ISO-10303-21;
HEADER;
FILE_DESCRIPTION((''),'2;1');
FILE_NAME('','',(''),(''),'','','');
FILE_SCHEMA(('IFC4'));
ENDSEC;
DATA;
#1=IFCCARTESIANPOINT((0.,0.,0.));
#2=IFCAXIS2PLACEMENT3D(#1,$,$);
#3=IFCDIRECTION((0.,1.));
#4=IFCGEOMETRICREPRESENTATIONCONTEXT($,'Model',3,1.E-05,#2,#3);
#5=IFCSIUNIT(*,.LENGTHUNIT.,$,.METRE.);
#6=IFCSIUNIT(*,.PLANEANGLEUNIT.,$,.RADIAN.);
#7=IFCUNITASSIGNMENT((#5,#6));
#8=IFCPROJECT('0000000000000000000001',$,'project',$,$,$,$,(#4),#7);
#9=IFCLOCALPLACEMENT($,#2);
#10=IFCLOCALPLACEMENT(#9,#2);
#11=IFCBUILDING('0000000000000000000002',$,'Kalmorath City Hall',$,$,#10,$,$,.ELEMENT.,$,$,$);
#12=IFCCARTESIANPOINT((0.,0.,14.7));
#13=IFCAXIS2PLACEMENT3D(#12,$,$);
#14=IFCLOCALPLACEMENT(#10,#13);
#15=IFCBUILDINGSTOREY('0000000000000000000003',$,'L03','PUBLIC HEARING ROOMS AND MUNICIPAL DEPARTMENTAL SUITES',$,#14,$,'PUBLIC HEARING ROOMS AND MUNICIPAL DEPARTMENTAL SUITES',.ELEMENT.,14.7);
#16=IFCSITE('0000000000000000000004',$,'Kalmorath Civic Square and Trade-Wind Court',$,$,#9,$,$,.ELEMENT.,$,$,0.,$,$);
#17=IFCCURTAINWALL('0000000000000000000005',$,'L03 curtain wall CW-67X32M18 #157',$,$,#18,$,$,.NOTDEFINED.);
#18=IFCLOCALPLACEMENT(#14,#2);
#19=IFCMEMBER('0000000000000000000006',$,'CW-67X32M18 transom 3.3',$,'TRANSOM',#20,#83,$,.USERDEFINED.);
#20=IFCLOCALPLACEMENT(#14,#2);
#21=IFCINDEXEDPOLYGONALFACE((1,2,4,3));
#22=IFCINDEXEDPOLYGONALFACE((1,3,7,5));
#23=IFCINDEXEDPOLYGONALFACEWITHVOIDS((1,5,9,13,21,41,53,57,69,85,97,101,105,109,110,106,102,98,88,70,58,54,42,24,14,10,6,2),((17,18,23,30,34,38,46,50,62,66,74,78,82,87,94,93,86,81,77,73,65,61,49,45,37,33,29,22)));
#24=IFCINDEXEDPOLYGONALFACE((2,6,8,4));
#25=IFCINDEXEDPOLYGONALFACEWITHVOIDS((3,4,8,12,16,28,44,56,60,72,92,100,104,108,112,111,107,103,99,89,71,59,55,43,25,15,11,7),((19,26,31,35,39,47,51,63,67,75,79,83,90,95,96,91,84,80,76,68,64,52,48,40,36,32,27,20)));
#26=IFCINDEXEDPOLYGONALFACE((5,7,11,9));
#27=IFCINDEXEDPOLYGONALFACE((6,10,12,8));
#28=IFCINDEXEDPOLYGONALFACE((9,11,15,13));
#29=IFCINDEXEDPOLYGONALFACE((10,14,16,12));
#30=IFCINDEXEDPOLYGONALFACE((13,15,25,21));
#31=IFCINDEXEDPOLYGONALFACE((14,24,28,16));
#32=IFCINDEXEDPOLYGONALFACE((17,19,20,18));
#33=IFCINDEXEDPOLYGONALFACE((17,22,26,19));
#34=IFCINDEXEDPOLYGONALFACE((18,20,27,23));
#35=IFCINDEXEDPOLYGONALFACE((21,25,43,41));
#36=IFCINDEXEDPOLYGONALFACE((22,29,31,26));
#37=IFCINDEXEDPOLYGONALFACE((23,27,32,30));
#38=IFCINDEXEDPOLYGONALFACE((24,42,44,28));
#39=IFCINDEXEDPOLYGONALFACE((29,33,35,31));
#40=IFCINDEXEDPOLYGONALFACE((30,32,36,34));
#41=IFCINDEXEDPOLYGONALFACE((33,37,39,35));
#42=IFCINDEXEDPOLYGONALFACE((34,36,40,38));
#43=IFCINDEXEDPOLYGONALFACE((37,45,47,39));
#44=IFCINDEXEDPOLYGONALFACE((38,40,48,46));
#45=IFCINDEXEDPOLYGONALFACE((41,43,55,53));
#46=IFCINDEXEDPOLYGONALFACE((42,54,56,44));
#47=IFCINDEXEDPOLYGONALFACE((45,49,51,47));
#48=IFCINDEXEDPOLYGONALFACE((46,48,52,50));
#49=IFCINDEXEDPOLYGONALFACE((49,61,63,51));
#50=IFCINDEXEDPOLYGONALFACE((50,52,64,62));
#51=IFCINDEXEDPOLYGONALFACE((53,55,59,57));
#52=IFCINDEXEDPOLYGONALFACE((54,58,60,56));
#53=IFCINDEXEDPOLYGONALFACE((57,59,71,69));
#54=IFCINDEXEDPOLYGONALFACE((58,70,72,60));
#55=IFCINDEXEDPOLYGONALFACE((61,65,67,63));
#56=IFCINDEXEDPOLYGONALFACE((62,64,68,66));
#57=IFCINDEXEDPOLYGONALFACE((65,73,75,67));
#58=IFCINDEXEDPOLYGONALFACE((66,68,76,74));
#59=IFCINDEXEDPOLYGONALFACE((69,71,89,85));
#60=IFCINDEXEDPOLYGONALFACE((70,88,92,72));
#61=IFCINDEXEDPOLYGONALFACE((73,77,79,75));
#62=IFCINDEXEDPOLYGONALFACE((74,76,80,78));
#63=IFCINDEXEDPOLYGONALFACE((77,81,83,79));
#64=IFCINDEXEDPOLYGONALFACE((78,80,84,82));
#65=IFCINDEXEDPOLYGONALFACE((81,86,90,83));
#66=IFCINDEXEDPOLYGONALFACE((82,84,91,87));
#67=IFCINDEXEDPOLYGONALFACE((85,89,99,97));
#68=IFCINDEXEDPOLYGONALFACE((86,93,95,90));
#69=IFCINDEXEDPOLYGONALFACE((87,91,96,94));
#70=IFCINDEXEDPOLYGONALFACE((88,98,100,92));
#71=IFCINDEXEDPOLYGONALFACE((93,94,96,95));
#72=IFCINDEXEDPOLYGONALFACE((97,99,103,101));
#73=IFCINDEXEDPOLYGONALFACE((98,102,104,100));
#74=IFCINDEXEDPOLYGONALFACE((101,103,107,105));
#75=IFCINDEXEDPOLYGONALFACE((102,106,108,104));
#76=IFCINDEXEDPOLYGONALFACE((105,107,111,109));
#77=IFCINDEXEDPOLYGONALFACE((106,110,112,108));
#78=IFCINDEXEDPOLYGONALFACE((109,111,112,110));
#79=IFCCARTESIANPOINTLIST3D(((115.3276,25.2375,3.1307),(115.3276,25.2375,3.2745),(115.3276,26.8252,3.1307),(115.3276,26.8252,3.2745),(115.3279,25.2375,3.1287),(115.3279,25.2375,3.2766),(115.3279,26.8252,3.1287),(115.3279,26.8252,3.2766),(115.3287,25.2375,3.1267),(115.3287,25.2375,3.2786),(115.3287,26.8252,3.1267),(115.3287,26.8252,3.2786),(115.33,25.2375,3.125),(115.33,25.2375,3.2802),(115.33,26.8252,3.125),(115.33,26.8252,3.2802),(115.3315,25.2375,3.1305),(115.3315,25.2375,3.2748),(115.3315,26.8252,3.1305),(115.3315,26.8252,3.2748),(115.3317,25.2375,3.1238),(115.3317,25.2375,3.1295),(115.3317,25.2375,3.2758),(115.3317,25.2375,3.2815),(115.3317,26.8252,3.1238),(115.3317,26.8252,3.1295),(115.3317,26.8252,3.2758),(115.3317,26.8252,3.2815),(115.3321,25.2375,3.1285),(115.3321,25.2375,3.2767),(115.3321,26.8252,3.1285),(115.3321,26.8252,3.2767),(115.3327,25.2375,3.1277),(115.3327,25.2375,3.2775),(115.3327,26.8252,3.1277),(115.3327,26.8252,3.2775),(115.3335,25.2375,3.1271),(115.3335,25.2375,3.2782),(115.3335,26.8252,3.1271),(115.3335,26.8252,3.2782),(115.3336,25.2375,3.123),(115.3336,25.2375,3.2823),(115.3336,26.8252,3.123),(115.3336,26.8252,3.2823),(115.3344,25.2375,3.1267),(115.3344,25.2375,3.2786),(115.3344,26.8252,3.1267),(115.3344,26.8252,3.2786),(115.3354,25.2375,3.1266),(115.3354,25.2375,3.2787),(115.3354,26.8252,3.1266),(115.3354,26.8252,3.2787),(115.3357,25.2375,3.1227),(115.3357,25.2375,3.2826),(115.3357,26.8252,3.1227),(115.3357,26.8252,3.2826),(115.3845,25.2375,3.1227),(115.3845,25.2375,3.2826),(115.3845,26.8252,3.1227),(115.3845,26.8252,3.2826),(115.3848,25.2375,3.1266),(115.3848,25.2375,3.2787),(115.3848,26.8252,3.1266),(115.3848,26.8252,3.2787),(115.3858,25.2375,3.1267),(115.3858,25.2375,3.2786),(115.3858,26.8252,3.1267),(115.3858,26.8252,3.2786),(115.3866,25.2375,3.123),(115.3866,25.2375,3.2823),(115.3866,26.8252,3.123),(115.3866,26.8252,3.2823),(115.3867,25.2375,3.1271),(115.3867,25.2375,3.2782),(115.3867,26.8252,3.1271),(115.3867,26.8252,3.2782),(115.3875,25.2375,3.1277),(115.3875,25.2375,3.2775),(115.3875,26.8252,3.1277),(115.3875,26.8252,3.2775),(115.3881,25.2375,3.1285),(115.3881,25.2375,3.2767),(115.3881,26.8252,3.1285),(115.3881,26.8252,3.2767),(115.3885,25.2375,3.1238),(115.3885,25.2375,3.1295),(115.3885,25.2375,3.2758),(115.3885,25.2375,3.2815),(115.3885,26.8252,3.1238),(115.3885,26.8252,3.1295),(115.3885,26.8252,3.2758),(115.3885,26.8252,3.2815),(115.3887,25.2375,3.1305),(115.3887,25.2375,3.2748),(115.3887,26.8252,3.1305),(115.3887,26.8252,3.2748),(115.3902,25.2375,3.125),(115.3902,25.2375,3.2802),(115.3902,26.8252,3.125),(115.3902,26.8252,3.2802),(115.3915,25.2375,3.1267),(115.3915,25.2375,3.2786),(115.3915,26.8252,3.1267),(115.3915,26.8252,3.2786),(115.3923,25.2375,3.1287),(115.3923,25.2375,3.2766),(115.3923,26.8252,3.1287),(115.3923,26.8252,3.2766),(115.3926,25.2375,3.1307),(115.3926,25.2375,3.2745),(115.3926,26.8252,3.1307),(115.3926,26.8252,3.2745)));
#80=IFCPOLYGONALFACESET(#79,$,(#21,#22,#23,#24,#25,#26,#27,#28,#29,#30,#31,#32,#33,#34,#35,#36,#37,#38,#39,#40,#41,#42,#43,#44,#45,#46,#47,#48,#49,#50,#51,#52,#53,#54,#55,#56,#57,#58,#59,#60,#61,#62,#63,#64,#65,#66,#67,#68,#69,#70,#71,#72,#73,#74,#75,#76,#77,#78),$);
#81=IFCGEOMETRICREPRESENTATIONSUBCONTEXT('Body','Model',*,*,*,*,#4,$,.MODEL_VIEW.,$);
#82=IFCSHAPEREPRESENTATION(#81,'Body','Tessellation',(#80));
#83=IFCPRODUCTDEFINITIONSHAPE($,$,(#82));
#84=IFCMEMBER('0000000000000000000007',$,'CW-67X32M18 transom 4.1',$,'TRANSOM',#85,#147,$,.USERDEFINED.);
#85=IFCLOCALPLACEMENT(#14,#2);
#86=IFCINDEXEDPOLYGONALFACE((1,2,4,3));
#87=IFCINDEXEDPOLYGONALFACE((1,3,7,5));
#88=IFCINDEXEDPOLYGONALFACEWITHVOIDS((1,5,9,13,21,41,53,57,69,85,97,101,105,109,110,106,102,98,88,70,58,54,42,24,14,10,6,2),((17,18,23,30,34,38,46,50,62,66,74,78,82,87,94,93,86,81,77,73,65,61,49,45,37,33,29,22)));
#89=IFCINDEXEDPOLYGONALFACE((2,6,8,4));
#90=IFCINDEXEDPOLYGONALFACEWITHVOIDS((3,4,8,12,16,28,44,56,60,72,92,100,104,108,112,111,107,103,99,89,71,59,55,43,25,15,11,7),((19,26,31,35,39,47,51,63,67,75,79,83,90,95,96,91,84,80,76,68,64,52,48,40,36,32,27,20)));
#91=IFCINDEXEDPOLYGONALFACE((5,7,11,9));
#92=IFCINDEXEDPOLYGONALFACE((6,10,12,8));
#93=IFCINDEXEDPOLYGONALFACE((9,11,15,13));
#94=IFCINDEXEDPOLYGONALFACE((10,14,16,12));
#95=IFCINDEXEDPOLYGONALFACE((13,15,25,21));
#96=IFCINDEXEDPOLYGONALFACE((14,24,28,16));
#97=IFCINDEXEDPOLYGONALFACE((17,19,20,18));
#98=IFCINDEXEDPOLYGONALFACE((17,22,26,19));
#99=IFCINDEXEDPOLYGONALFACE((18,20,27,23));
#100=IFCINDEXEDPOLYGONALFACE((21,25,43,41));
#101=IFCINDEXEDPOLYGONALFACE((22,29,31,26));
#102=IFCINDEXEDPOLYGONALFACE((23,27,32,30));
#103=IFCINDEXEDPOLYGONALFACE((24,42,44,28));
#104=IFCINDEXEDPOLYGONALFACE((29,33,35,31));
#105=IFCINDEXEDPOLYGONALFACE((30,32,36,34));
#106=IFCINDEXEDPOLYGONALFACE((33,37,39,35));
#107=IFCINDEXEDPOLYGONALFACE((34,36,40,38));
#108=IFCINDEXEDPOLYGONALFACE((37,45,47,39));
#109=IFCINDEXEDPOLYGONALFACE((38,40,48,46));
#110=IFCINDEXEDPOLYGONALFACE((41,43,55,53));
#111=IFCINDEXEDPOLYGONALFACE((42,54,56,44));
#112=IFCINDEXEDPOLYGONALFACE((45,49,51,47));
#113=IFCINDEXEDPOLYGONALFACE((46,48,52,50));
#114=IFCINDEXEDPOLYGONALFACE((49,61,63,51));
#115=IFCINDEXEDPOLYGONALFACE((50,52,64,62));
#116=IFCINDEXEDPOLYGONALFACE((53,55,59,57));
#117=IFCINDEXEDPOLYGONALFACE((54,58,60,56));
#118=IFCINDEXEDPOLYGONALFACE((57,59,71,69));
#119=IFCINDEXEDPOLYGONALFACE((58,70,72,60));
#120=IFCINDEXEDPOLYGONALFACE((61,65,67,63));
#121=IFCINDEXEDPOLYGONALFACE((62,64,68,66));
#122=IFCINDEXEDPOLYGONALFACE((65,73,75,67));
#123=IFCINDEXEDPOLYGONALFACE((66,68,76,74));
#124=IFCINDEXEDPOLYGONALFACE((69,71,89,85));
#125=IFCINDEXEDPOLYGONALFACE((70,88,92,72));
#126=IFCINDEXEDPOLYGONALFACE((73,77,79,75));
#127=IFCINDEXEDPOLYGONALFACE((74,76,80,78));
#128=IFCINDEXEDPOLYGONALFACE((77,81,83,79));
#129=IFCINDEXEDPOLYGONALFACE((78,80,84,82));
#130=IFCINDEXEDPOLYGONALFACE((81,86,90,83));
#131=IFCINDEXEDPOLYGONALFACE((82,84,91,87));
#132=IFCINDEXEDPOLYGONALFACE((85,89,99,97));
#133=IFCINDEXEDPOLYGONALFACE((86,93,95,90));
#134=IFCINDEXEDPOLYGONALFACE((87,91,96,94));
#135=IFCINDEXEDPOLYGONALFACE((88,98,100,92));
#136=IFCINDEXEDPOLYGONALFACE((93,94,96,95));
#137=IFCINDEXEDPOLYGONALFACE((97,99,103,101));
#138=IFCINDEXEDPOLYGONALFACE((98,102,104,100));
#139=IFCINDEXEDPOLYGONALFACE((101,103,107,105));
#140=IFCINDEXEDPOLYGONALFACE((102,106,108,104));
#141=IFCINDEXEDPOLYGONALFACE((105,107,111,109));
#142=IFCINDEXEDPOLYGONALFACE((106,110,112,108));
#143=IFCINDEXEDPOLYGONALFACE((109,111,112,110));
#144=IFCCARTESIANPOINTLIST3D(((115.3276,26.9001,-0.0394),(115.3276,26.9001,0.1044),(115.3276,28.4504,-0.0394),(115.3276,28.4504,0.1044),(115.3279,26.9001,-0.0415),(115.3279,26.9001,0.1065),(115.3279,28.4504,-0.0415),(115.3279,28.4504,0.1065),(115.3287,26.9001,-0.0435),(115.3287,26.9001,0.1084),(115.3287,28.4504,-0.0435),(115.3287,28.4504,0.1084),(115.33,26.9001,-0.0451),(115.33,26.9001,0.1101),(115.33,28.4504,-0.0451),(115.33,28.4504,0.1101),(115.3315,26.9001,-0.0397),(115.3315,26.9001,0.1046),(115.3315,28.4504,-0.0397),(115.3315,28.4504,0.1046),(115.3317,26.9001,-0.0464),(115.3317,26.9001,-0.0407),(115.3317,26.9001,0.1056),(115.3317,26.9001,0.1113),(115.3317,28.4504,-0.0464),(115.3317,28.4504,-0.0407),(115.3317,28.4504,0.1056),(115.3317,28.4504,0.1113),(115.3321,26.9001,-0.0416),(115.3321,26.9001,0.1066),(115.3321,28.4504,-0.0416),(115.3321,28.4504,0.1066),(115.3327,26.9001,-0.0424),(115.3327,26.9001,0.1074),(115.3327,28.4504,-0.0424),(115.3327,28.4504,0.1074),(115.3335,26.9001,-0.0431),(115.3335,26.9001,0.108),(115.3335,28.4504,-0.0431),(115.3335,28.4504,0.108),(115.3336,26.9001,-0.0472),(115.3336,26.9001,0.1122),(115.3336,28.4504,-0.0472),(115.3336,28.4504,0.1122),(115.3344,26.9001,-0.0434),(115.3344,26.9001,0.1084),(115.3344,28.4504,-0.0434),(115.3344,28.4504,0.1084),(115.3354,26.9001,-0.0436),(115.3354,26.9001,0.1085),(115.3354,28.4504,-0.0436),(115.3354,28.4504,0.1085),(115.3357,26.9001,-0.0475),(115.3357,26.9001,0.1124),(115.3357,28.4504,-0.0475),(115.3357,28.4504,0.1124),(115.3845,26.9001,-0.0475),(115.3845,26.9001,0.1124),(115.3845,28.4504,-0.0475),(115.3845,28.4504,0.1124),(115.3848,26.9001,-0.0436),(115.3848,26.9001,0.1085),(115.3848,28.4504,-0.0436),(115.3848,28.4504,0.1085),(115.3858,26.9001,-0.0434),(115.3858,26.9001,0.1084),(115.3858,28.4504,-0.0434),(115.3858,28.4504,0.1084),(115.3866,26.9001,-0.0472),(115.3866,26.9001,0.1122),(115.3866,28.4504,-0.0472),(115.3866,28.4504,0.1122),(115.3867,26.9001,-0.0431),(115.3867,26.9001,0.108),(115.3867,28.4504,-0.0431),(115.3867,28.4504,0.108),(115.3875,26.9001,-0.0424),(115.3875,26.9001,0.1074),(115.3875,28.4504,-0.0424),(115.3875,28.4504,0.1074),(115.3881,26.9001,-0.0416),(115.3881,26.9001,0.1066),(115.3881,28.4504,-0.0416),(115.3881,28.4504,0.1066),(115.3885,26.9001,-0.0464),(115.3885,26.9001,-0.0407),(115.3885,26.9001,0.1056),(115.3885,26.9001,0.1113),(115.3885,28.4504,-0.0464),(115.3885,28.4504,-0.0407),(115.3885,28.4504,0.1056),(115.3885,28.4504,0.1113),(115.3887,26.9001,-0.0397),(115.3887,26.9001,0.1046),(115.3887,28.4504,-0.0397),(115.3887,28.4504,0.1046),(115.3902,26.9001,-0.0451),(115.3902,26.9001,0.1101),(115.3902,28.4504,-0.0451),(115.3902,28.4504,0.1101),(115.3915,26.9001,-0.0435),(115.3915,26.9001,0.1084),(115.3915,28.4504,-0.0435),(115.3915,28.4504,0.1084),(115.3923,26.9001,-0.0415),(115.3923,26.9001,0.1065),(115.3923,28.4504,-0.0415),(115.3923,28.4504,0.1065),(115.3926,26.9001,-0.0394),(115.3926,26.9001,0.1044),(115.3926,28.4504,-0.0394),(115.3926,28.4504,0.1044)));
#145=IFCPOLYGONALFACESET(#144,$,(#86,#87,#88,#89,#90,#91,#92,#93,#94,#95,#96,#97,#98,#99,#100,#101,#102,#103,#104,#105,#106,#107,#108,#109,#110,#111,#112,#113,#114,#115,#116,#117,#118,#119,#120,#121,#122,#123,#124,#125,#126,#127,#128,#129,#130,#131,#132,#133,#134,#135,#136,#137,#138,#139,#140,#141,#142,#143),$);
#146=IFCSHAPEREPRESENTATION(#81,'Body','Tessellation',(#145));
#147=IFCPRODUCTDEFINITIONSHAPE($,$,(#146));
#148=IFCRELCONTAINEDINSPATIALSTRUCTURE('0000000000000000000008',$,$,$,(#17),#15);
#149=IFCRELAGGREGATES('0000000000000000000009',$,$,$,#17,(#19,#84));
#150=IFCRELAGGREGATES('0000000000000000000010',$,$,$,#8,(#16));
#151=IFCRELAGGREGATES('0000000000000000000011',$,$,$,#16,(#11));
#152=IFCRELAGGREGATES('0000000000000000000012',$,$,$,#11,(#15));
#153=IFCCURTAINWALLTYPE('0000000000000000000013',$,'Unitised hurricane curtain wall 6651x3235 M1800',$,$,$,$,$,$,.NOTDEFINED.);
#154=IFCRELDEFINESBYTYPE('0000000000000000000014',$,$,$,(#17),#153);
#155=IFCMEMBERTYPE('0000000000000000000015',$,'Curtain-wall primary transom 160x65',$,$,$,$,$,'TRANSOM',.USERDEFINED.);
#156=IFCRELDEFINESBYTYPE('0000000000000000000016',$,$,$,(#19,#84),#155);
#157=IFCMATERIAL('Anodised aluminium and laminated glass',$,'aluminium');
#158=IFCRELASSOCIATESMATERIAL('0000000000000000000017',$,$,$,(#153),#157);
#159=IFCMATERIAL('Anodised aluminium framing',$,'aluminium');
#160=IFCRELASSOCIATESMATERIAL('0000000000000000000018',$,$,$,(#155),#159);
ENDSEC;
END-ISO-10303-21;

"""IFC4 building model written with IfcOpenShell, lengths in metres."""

from ifc_helpers import new_model, si_unit, direction, frame, origin, origin_2d, place, context, subcontext, project, spatial, hollow_rectangle, extrude, material, material_profile, profile_set, type_object, element, aggregate, save


model = new_model("IFC4")

# Units and contexts
model_context = context("Model", 3, precision=1e-05, world=origin(), true_north=direction((0.0, 1.0)))
body_context = subcontext(model_context, "Body", "Model", "MODEL_VIEW")
ifc_project = project(units=[si_unit("LENGTHUNIT", "METRE"), si_unit("PLANEANGLEUNIT", "RADIAN")], contexts=[model_context])

# Site, building, storey
site_placement = place(None, origin())
site = spatial("IfcSite", under=ifc_project, at=site_placement, Name="Kalmorath Civic Square and Trade-Wind Court", CompositionType="ELEMENT", RefElevation=0.0)
building_placement = place(site_placement, origin())
building = spatial("IfcBuilding", under=site, at=building_placement, Name="Kalmorath City Hall", CompositionType="ELEMENT")
storey_placement = place(building_placement, frame((0.0, 0.0, 14.7)))
storey = spatial("IfcBuildingStorey", under=building, at=storey_placement, Name="L03", Description="PUBLIC HEARING ROOMS AND MUNICIPAL DEPARTMENTAL SUITES", LongName="PUBLIC HEARING ROOMS AND MUNICIPAL DEPARTMENTAL SUITES", CompositionType="ELEMENT", Elevation=14.7)

# Curtain wall
ifc_material_1 = material(Name="Anodised aluminium and laminated glass", Category="aluminium")
curtain_wall_type_1 = type_object("IfcCurtainWallType", Name="Unitised hurricane curtain wall 6651x3235 M1800", PredefinedType="NOTDEFINED", material=ifc_material_1)
curtain_wall_1_placement = place(storey_placement, origin())
curtain_wall_1 = element("IfcCurtainWall", 1, at=curtain_wall_1_placement, inside=storey, type_object=curtain_wall_type_1, Name="L03 curtain wall CW-67X32M18 #157", PredefinedType="NOTDEFINED")

# Members
ifc_material_2 = material(Name="Anodised aluminium framing", Category="aluminium")
ifc_material_profile_1 = material_profile(ifc_material_2, hollow_rectangle(XDim=0.0649, YDim=0.1599, WallThickness=0.0039, InnerFilletRadius=0.0039, OuterFilletRadius=0.0081, at=origin_2d()), Name="ALU-TRN-160X65X4")
ifc_profile_set_1 = profile_set([ifc_material_profile_1], Name="Anodised aluminium framing")
member_type_1 = type_object("IfcMemberType", Name="Curtain-wall primary transom 160x65", ElementType="TRANSOM", PredefinedType="USERDEFINED", material=ifc_profile_set_1)
member_1_placement = place(storey_placement, frame((115.3601, 25.2375, 3.2026), z_axis=(0.0, 1.0, 0.0), x_axis=(-1.0, 0.0, 0.0)))
member_1 = element("IfcMember", 2, at=member_1_placement, type_object=member_type_1, Name="CW-67X32M18 transom 3.3", ObjectType="TRANSOM", PredefinedType="USERDEFINED", context=body_context, shape_type="SweptSolid", body=[
    extrude(hollow_rectangle(XDim=0.0649, YDim=0.1599, WallThickness=0.0039, InnerFilletRadius=0.0039, OuterFilletRadius=0.0081, at=origin_2d()), origin(), (0.0, 0.0, 1.0), 1.5876),
])
member_2_placement = place(storey_placement, frame((115.3601, 26.9001, 0.0325), z_axis=(0.0, 1.0, 0.0), x_axis=(-1.0, 0.0, 0.0)))
member_2 = element("IfcMember", 3, at=member_2_placement, type_object=member_type_1, Name="CW-67X32M18 transom 4.1", ObjectType="TRANSOM", PredefinedType="USERDEFINED", context=body_context, shape_type="SweptSolid", body=[
    extrude(hollow_rectangle(XDim=0.0649, YDim=0.1599, WallThickness=0.0039, InnerFilletRadius=0.0039, OuterFilletRadius=0.0081, at=origin_2d()), origin(), (0.0, 0.0, 1.0), 1.5503),
])

aggregate(curtain_wall_1, [member_1, member_2])

save(model, "model.ifc")
